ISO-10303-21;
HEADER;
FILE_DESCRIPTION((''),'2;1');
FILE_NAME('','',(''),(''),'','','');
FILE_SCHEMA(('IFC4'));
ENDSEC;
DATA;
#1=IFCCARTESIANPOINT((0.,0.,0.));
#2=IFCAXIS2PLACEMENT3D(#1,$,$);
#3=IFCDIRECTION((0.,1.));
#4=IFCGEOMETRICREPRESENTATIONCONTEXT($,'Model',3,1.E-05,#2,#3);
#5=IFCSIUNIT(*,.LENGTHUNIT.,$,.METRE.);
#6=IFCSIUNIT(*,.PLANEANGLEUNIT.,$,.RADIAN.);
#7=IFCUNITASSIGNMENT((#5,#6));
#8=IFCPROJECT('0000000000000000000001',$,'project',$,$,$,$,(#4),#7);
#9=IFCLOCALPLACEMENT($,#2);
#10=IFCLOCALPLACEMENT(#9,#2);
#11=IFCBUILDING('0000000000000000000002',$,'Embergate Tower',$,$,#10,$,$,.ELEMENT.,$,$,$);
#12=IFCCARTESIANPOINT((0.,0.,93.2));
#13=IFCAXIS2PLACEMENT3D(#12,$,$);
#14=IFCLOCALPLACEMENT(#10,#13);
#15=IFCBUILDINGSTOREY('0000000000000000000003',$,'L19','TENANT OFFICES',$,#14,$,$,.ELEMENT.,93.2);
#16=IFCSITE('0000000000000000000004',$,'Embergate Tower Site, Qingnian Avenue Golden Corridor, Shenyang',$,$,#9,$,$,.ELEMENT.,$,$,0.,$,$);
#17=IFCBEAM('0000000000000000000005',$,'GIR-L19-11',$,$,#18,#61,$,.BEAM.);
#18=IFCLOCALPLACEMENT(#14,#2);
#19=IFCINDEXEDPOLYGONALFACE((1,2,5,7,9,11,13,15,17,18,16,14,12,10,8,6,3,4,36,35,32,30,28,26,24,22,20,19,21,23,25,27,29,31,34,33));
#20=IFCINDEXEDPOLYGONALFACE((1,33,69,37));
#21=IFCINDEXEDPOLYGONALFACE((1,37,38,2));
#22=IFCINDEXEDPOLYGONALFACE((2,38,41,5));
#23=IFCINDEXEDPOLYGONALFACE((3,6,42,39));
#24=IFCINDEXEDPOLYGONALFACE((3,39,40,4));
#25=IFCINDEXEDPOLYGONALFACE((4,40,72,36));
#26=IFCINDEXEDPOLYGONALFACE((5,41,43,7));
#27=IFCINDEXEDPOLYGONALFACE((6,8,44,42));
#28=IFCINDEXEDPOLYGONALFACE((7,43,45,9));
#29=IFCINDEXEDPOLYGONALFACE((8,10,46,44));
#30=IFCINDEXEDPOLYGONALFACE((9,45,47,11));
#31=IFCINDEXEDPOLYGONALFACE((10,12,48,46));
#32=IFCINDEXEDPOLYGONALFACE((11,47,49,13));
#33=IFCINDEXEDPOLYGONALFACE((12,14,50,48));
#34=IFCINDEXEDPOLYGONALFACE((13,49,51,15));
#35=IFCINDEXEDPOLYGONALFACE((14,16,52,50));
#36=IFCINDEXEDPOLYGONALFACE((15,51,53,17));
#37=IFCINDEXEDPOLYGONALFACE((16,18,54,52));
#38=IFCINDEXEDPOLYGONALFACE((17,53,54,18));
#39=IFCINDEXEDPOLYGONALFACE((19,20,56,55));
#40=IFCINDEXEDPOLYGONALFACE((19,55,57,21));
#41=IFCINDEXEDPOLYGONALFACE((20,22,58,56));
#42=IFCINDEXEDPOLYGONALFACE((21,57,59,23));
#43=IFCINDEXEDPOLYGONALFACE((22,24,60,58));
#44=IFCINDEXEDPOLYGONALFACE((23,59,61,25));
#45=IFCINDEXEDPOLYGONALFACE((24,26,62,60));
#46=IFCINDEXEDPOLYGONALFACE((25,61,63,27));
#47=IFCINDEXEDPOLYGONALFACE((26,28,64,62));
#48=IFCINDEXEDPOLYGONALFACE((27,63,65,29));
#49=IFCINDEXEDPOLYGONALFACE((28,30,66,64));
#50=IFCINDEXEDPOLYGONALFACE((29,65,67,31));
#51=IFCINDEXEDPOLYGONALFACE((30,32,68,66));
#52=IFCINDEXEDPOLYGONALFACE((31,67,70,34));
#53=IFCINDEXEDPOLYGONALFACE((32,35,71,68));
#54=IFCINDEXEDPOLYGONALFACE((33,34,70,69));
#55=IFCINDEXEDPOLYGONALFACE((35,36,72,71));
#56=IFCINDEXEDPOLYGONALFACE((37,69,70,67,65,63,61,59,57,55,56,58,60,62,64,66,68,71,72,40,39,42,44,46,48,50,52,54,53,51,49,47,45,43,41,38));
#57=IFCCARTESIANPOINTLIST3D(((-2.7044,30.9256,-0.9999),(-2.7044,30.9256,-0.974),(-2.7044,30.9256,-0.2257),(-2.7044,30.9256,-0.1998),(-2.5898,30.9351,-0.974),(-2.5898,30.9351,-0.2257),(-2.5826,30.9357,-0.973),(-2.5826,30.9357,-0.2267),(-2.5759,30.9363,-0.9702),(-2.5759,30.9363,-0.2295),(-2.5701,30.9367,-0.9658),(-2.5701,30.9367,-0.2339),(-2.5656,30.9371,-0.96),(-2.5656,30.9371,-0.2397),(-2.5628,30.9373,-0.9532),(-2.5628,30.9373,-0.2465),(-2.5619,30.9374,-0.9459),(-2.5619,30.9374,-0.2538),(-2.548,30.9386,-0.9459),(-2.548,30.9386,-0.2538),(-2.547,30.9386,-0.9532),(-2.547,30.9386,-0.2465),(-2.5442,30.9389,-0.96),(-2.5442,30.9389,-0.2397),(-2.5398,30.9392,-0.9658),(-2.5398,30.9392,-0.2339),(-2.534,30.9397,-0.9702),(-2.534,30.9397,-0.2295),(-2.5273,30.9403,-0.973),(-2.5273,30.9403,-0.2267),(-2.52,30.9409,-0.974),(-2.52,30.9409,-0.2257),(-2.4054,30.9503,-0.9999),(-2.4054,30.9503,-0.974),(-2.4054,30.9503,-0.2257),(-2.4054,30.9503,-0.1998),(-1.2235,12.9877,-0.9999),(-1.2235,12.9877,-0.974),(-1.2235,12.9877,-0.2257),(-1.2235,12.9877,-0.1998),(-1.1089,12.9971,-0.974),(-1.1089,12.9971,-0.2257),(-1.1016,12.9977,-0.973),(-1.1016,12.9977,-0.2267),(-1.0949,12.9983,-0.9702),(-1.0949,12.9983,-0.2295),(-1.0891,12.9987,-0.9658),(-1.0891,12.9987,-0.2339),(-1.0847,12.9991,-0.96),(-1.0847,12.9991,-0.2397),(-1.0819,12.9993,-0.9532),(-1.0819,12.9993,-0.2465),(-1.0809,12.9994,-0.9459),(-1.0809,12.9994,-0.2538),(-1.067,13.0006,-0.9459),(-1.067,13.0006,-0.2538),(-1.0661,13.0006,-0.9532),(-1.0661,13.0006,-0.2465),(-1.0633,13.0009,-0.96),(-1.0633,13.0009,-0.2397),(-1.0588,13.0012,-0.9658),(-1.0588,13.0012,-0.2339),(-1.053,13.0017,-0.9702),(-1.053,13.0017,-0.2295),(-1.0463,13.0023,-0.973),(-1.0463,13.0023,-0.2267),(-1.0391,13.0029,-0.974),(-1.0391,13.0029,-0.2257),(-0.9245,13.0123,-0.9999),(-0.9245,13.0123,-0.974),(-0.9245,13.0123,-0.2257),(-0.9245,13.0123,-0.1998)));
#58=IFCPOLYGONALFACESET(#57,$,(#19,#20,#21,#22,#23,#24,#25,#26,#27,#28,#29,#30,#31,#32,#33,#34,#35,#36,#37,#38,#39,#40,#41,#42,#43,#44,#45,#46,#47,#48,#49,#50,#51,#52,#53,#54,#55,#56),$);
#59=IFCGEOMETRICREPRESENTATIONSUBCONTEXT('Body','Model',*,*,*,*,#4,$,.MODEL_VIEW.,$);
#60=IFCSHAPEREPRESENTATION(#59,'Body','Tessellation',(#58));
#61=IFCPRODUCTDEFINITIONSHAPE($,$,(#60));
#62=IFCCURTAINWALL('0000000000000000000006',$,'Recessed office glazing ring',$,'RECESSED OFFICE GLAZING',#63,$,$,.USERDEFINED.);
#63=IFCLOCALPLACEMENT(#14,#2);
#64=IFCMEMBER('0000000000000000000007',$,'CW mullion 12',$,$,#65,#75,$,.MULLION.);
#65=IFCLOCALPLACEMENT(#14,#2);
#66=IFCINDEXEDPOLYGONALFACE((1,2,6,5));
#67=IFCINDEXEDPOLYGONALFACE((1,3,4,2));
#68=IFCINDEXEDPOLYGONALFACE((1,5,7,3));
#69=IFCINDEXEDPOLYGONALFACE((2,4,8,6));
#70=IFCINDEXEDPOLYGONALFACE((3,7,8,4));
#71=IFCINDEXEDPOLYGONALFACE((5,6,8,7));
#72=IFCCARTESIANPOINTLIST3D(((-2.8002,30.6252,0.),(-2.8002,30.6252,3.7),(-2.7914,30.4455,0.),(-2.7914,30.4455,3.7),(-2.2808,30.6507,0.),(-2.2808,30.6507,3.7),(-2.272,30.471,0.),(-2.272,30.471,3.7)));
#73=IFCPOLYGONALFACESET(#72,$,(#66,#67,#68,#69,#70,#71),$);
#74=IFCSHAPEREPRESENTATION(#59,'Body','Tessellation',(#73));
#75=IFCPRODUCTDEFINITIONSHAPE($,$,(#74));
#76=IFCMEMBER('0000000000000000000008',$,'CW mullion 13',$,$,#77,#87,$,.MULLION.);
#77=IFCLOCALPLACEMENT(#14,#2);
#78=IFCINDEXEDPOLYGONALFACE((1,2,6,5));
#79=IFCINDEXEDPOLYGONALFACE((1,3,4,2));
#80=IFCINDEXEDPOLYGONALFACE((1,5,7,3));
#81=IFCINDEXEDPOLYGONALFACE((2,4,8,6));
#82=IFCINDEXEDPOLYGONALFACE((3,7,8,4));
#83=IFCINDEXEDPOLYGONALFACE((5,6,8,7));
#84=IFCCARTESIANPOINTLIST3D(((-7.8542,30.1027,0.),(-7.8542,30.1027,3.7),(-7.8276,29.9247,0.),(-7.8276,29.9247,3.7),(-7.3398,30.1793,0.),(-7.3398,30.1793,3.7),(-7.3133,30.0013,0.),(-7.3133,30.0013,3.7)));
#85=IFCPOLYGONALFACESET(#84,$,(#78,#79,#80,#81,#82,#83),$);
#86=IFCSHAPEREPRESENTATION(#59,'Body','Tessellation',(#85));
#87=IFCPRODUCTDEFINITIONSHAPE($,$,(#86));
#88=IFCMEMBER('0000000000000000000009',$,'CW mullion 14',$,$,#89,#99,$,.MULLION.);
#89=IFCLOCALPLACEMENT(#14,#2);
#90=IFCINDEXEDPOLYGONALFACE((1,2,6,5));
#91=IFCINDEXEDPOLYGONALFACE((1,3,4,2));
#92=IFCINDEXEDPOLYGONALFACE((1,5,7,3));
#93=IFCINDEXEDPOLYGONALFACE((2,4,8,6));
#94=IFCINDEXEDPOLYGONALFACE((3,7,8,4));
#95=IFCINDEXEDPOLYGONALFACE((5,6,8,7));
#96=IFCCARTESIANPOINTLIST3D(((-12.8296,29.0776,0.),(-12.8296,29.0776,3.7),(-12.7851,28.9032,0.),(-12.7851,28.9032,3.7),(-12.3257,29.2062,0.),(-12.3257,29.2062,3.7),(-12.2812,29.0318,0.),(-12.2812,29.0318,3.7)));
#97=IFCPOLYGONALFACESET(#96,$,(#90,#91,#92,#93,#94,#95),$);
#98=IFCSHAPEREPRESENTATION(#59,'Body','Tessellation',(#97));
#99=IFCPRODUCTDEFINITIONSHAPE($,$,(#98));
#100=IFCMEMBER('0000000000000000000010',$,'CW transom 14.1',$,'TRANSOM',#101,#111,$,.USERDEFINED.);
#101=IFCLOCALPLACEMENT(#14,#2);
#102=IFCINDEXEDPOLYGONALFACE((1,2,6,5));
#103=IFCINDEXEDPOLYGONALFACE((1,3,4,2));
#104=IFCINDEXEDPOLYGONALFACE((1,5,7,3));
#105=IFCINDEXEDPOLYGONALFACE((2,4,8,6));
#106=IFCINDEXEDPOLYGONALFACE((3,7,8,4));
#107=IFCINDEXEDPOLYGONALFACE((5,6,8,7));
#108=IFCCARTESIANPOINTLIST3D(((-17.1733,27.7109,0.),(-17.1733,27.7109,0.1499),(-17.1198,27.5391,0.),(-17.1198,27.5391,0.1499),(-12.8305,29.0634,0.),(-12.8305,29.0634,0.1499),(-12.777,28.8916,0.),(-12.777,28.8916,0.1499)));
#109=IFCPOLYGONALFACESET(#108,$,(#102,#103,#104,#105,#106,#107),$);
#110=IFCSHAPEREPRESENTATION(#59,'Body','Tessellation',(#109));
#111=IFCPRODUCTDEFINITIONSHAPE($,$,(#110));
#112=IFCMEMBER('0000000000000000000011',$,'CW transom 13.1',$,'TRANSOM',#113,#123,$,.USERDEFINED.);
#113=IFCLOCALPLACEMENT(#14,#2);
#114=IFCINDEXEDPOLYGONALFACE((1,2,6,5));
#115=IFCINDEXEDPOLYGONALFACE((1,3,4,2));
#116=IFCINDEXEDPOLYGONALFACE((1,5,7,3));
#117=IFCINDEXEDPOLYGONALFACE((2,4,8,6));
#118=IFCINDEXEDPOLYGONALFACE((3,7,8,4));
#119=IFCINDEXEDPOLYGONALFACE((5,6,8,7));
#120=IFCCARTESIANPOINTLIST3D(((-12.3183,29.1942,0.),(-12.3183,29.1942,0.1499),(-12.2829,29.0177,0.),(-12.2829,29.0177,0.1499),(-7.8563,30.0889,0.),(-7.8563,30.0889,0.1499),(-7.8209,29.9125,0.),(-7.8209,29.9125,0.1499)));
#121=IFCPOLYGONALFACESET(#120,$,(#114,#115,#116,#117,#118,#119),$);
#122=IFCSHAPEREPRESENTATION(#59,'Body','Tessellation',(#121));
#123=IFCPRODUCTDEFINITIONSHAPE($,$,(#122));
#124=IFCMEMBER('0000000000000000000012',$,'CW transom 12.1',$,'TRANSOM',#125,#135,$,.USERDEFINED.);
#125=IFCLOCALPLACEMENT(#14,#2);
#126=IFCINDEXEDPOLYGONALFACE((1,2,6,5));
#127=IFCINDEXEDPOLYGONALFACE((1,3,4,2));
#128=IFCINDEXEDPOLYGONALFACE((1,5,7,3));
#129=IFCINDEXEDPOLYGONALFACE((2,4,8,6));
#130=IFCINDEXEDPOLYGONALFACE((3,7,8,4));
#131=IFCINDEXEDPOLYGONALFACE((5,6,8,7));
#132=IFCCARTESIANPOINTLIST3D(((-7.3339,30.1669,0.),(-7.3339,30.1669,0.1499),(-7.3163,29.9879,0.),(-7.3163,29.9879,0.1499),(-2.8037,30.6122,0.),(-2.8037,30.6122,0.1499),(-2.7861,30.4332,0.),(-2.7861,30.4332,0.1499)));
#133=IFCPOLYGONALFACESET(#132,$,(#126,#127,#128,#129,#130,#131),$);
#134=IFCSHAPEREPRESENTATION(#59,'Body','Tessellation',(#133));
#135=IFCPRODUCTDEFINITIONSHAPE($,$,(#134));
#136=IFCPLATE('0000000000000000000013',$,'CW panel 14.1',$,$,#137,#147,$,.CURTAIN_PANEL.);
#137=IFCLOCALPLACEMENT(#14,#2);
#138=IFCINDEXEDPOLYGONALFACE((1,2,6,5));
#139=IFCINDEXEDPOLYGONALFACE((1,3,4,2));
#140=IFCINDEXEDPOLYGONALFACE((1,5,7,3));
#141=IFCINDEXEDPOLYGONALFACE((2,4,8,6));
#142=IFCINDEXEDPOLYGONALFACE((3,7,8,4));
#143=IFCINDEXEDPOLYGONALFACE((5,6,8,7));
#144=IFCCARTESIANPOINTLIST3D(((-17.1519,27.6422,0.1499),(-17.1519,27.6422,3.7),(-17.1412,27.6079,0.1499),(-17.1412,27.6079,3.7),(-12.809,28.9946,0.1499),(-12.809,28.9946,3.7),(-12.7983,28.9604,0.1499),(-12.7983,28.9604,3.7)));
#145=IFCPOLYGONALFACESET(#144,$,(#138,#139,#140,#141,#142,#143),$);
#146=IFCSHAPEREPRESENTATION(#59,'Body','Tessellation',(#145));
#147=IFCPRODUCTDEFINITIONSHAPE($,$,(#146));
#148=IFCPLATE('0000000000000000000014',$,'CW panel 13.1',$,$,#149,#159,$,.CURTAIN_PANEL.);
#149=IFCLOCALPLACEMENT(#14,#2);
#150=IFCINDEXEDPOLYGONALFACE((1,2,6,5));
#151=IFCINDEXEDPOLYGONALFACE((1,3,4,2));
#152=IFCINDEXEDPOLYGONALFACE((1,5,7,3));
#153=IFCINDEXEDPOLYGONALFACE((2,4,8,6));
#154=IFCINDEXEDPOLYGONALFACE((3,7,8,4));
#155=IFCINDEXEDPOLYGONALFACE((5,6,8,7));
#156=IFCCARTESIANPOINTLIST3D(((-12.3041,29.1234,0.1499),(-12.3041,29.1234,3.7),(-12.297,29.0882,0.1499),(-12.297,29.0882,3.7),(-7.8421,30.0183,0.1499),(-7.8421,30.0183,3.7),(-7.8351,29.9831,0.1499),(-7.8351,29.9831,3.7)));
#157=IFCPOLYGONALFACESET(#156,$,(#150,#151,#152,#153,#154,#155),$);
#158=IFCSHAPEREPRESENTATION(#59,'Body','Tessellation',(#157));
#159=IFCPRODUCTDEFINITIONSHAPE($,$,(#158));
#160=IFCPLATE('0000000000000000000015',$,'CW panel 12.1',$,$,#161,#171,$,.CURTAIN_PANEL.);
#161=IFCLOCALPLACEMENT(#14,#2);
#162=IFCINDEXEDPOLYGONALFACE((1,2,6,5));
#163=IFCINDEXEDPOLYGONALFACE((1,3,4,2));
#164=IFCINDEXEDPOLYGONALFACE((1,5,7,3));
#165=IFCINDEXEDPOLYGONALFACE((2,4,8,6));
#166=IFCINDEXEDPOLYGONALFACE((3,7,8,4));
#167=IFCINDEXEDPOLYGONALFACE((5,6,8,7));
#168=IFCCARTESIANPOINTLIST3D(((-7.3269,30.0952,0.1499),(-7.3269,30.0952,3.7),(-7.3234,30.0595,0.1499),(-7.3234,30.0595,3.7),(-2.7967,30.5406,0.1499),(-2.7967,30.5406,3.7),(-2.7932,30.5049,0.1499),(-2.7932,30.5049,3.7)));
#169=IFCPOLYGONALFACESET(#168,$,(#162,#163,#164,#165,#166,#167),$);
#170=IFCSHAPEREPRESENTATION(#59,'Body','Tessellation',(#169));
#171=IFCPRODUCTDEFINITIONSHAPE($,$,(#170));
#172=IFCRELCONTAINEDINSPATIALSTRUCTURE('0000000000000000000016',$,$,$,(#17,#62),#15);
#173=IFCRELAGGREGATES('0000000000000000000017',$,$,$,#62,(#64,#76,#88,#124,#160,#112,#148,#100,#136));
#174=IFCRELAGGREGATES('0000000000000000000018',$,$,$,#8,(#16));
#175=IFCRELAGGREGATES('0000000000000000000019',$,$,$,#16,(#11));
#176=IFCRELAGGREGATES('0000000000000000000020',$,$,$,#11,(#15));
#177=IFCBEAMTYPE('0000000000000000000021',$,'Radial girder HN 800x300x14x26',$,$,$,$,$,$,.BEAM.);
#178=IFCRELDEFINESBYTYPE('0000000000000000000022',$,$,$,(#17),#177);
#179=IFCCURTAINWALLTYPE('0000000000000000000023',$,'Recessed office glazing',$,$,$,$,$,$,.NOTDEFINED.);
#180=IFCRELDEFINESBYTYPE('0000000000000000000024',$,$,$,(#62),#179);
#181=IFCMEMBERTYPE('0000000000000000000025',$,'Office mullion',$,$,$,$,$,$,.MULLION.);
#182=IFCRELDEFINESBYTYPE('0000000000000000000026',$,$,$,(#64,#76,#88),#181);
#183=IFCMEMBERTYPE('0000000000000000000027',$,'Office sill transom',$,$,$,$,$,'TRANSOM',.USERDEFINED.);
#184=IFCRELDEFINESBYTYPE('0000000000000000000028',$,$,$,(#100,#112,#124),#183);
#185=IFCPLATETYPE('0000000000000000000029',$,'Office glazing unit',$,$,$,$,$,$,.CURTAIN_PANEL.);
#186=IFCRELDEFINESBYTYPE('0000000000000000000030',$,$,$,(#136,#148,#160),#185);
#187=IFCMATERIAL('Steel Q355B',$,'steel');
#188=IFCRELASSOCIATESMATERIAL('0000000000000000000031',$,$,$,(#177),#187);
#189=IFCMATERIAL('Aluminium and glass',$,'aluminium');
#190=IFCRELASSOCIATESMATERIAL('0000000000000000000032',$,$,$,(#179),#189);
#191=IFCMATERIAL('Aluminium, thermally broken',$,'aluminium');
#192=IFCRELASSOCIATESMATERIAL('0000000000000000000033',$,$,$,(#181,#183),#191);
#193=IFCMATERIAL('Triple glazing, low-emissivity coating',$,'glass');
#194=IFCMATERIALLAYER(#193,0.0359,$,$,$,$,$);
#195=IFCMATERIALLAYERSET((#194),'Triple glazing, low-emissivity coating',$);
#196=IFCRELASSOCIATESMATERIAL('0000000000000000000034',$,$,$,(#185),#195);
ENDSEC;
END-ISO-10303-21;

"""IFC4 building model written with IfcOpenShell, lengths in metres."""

from ifc_helpers import new_model, si_unit, direction, frame, origin, origin_2d, place, context, subcontext, project, spatial, rectangle, i_section, extrude, source, transform, mapped, material, layer, layer_set, material_profile, profile_set, type_object, element, aggregate, save


model = new_model("IFC4")

# Units and contexts
model_context = context("Model", 3, precision=1e-05, world=origin(), true_north=direction((0.0, 1.0)))
body_context = subcontext(model_context, "Body", "Model", "MODEL_VIEW")
ifc_project = project(units=[si_unit("LENGTHUNIT", "METRE"), si_unit("PLANEANGLEUNIT", "RADIAN")], contexts=[model_context])

# Site, building, storey
site_placement = place(None, origin())
site = spatial("IfcSite", under=ifc_project, at=site_placement, Name="Embergate Tower Site, Qingnian Avenue Golden Corridor, Shenyang", CompositionType="ELEMENT", RefElevation=0.0)
building_placement = place(site_placement, origin())
building = spatial("IfcBuilding", under=site, at=building_placement, Name="Embergate Tower", CompositionType="ELEMENT")
storey_placement = place(building_placement, frame((0.0, 0.0, 93.2)))
storey = spatial("IfcBuildingStorey", under=building, at=storey_placement, Name="L19", Description="TENANT OFFICES", CompositionType="ELEMENT", Elevation=93.2)

# Beam
ifc_material_1 = material(Name="Steel Q355B", Category="steel")
ifc_material_profile_1 = material_profile(ifc_material_1, i_section(OverallWidth=0.3, OverallDepth=0.8, WebThickness=0.0139, FlangeThickness=0.0259, FilletRadius=0.0281, at=origin_2d()), Name="HN 800x300x14x26")
ifc_profile_set_1 = profile_set([ifc_material_profile_1], Name="Steel Q355 grade B")
beam_type_1 = type_object("IfcBeamType", Name="Radial girder HN 800x300x14x26", PredefinedType="BEAM", material=ifc_profile_set_1)
shared_shape_1 = source(origin(), body_context, "Body", "SweptSolid", [
    extrude(i_section(OverallWidth=0.3, OverallDepth=0.8, WebThickness=0.0139, FlangeThickness=0.0259, FilletRadius=0.0281, at=origin_2d()), origin(), (0.0, 0.0, 1.0), 17.999),
])
beam_1_placement = place(storey_placement, frame((-2.5549, 30.938, -0.5999), z_axis=(0.08228, -0.996609, 0.0), x_axis=(0.996609, 0.08228, 0.0)))
element("IfcBeam", 1, at=beam_1_placement, inside=storey, type_object=beam_type_1, Name="GIR-L19-11", PredefinedType="BEAM", context=body_context, shape_type="MappedRepresentation", body=[
    mapped(shared_shape_1, transform((0.0, 0.0, 0.0))),
])

# Curtain wall, members, plates
ifc_material_2 = material(Name="Aluminium and glass", Category="aluminium")
curtain_wall_type = type_object("IfcCurtainWallType", Name="Recessed office glazing", PredefinedType="NOTDEFINED", material=ifc_material_2)
curtain_wall_placement = place(storey_placement, origin())
curtain_wall = element("IfcCurtainWall", 2, at=curtain_wall_placement, inside=storey, type_object=curtain_wall_type, Name="Recessed office glazing ring", ObjectType="RECESSED OFFICE GLAZING", PredefinedType="USERDEFINED")
ifc_material_3 = material(Name="Aluminium, thermally broken", Category="aluminium")
ifc_material_profile_2 = material_profile(ifc_material_3, rectangle(XDim=0.1799, YDim=0.52, at=origin_2d()), Name="AL 520x180")
ifc_profile_set_2 = profile_set([ifc_material_profile_2], Name="Aluminium, thermally broken")
member_type_1 = type_object("IfcMemberType", Name="Office mullion", PredefinedType="MULLION", material=ifc_profile_set_2)
shared_shape_2 = source(origin(), body_context, "Body", "SweptSolid", [
    extrude(rectangle(XDim=0.1799, YDim=0.52, at=origin_2d()), origin(), (0.0, 0.0, 1.0), 3.7),
])
member_1_placement = place(storey_placement, frame((-2.5361, 30.5481, 0.0), z_axis=(0.0, 0.0, 1.0), x_axis=(0.048972, -0.9988, 0.0)))
member_1 = element("IfcMember", 3, at=member_1_placement, type_object=member_type_1, Name="CW mullion 12", PredefinedType="MULLION", context=body_context, shape_type="MappedRepresentation", body=[
    mapped(shared_shape_2, transform((0.0, 0.0, 0.0))),
])
member_2_placement = place(storey_placement, frame((-7.5837, 30.052, 0.0), z_axis=(0.0, 0.0, 1.0), x_axis=(0.147412, -0.989075, 0.0)))
member_2 = element("IfcMember", 4, at=member_2_placement, type_object=member_type_1, Name="CW mullion 13", PredefinedType="MULLION", context=body_context, shape_type="MappedRepresentation", body=[
    mapped(shared_shape_2, transform((0.0, 0.0, 0.0))),
])
member_3_placement = place(storey_placement, frame((-12.5554, 29.0547, 0.0), z_axis=(0.0, 0.0, 1.0), x_axis=(0.247314, -0.968935, 0.0)))
member_3 = element("IfcMember", 5, at=member_3_placement, type_object=member_type_1, Name="CW mullion 14", PredefinedType="MULLION", context=body_context, shape_type="MappedRepresentation", body=[
    mapped(shared_shape_2, transform((0.0, 0.0, 0.0))),
])
ifc_material_profile_3 = material_profile(ifc_material_3, rectangle(XDim=0.1799, YDim=0.1499, at=origin_2d()), Name="AL 150x180")
ifc_profile_set_3 = profile_set([ifc_material_profile_3], Name="Aluminium, thermally broken")
member_type_2 = type_object("IfcMemberType", Name="Office sill transom", ElementType="TRANSOM", PredefinedType="USERDEFINED", material=ifc_profile_set_3)
shared_shape_3 = source(origin(), body_context, "Body", "SweptSolid", [
    extrude(rectangle(XDim=0.1799, YDim=0.1499, at=origin_2d()), origin(), (0.0, 0.0, 1.0), 4.5486),
])
member_4_placement = place(storey_placement, frame((-12.8037, 28.9775, 0.075), z_axis=(-0.954766, -0.297358, 0.0), x_axis=(0.297358, -0.954766, 0.0)))
member_4 = element("IfcMember", 6, at=member_4_placement, type_object=member_type_2, Name="CW transom 14.1", ObjectType="TRANSOM", PredefinedType="USERDEFINED", context=body_context, shape_type="MappedRepresentation", body=[
    mapped(shared_shape_3, transform((0.0, 0.0, 0.0))),
])
shared_shape_4 = source(origin(), body_context, "Body", "SweptSolid", [
    extrude(rectangle(XDim=0.1799, YDim=0.1499, at=origin_2d()), origin(), (0.0, 0.0, 1.0), 4.5508),
])
member_5_placement = place(storey_placement, frame((-7.8386, 30.0007, 0.075), z_axis=(-0.980479, -0.196622, 0.0), x_axis=(0.196622, -0.980479, 0.0)))
member_5 = element("IfcMember", 7, at=member_5_placement, type_object=member_type_2, Name="CW transom 13.1", ObjectType="TRANSOM", PredefinedType="USERDEFINED", context=body_context, shape_type="MappedRepresentation", body=[
    mapped(shared_shape_4, transform((0.0, 0.0, 0.0))),
])
shared_shape_5 = source(origin(), body_context, "Body", "SweptSolid", [
    extrude(rectangle(XDim=0.1799, YDim=0.1499, at=origin_2d()), origin(), (0.0, 0.0, 1.0), 4.552),
])
member_6_placement = place(storey_placement, frame((-2.7949, 30.5227, 0.075), z_axis=(-0.995204, -0.097826, 0.0), x_axis=(0.097826, -0.995204, 0.0)))
member_6 = element("IfcMember", 8, at=member_6_placement, type_object=member_type_2, Name="CW transom 12.1", ObjectType="TRANSOM", PredefinedType="USERDEFINED", context=body_context, shape_type="MappedRepresentation", body=[
    mapped(shared_shape_5, transform((0.0, 0.0, 0.0))),
])
ifc_material_4 = material(Name="Triple glazing, low-emissivity coating", Category="glass")
ifc_layer_1 = layer(ifc_material_4, 0.0359)
ifc_layer_set_1 = layer_set([ifc_layer_1], Name="Triple glazing, low-emissivity coating")
plate_type = type_object("IfcPlateType", Name="Office glazing unit", PredefinedType="CURTAIN_PANEL", material=ifc_layer_set_1)
shared_shape_6 = source(origin(), body_context, "Body", "SweptSolid", [
    extrude(rectangle(XDim=4.5486, YDim=0.0359, at=origin_2d()), origin(), (0.0, 0.0, 1.0), 3.55),
])
plate_1_placement = place(storey_placement, frame((-14.9751, 28.3013, 0.1499), z_axis=(0.0, 0.0, 1.0), x_axis=(-0.954772, -0.29734, 0.0)))
plate_1 = element("IfcPlate", 9, at=plate_1_placement, type_object=plate_type, Name="CW panel 14.1", PredefinedType="CURTAIN_PANEL", context=body_context, shape_type="MappedRepresentation", body=[
    mapped(shared_shape_6, transform((0.0, 0.0, 0.0))),
])
shared_shape_7 = source(origin(), body_context, "Body", "SweptSolid", [
    extrude(rectangle(XDim=4.5508, YDim=0.0359, at=origin_2d()), origin(), (0.0, 0.0, 1.0), 3.55),
])
plate_2_placement = place(storey_placement, frame((-10.0696, 29.5532, 0.1499), z_axis=(0.0, 0.0, 1.0), x_axis=(-0.980476, -0.196641, 0.0)))
plate_2 = element("IfcPlate", 10, at=plate_2_placement, type_object=plate_type, Name="CW panel 13.1", PredefinedType="CURTAIN_PANEL", context=body_context, shape_type="MappedRepresentation", body=[
    mapped(shared_shape_7, transform((0.0, 0.0, 0.0))),
])
shared_shape_8 = source(origin(), body_context, "Body", "SweptSolid", [
    extrude(rectangle(XDim=4.552, YDim=0.0359, at=origin_2d()), origin(), (0.0, 0.0, 1.0), 3.55),
])
plate_3_placement = place(storey_placement, frame((-5.0601, 30.3, 0.1499), z_axis=(0.0, 0.0, 1.0), x_axis=(-0.995203, -0.09783, 0.0)))
plate_3 = element("IfcPlate", 11, at=plate_3_placement, type_object=plate_type, Name="CW panel 12.1", PredefinedType="CURTAIN_PANEL", context=body_context, shape_type="MappedRepresentation", body=[
    mapped(shared_shape_8, transform((0.0, 0.0, 0.0))),
])
aggregate(curtain_wall, [member_1, member_2, member_3, member_6, plate_3, member_5, plate_2, member_4, plate_1])

save(model, "model.ifc")
